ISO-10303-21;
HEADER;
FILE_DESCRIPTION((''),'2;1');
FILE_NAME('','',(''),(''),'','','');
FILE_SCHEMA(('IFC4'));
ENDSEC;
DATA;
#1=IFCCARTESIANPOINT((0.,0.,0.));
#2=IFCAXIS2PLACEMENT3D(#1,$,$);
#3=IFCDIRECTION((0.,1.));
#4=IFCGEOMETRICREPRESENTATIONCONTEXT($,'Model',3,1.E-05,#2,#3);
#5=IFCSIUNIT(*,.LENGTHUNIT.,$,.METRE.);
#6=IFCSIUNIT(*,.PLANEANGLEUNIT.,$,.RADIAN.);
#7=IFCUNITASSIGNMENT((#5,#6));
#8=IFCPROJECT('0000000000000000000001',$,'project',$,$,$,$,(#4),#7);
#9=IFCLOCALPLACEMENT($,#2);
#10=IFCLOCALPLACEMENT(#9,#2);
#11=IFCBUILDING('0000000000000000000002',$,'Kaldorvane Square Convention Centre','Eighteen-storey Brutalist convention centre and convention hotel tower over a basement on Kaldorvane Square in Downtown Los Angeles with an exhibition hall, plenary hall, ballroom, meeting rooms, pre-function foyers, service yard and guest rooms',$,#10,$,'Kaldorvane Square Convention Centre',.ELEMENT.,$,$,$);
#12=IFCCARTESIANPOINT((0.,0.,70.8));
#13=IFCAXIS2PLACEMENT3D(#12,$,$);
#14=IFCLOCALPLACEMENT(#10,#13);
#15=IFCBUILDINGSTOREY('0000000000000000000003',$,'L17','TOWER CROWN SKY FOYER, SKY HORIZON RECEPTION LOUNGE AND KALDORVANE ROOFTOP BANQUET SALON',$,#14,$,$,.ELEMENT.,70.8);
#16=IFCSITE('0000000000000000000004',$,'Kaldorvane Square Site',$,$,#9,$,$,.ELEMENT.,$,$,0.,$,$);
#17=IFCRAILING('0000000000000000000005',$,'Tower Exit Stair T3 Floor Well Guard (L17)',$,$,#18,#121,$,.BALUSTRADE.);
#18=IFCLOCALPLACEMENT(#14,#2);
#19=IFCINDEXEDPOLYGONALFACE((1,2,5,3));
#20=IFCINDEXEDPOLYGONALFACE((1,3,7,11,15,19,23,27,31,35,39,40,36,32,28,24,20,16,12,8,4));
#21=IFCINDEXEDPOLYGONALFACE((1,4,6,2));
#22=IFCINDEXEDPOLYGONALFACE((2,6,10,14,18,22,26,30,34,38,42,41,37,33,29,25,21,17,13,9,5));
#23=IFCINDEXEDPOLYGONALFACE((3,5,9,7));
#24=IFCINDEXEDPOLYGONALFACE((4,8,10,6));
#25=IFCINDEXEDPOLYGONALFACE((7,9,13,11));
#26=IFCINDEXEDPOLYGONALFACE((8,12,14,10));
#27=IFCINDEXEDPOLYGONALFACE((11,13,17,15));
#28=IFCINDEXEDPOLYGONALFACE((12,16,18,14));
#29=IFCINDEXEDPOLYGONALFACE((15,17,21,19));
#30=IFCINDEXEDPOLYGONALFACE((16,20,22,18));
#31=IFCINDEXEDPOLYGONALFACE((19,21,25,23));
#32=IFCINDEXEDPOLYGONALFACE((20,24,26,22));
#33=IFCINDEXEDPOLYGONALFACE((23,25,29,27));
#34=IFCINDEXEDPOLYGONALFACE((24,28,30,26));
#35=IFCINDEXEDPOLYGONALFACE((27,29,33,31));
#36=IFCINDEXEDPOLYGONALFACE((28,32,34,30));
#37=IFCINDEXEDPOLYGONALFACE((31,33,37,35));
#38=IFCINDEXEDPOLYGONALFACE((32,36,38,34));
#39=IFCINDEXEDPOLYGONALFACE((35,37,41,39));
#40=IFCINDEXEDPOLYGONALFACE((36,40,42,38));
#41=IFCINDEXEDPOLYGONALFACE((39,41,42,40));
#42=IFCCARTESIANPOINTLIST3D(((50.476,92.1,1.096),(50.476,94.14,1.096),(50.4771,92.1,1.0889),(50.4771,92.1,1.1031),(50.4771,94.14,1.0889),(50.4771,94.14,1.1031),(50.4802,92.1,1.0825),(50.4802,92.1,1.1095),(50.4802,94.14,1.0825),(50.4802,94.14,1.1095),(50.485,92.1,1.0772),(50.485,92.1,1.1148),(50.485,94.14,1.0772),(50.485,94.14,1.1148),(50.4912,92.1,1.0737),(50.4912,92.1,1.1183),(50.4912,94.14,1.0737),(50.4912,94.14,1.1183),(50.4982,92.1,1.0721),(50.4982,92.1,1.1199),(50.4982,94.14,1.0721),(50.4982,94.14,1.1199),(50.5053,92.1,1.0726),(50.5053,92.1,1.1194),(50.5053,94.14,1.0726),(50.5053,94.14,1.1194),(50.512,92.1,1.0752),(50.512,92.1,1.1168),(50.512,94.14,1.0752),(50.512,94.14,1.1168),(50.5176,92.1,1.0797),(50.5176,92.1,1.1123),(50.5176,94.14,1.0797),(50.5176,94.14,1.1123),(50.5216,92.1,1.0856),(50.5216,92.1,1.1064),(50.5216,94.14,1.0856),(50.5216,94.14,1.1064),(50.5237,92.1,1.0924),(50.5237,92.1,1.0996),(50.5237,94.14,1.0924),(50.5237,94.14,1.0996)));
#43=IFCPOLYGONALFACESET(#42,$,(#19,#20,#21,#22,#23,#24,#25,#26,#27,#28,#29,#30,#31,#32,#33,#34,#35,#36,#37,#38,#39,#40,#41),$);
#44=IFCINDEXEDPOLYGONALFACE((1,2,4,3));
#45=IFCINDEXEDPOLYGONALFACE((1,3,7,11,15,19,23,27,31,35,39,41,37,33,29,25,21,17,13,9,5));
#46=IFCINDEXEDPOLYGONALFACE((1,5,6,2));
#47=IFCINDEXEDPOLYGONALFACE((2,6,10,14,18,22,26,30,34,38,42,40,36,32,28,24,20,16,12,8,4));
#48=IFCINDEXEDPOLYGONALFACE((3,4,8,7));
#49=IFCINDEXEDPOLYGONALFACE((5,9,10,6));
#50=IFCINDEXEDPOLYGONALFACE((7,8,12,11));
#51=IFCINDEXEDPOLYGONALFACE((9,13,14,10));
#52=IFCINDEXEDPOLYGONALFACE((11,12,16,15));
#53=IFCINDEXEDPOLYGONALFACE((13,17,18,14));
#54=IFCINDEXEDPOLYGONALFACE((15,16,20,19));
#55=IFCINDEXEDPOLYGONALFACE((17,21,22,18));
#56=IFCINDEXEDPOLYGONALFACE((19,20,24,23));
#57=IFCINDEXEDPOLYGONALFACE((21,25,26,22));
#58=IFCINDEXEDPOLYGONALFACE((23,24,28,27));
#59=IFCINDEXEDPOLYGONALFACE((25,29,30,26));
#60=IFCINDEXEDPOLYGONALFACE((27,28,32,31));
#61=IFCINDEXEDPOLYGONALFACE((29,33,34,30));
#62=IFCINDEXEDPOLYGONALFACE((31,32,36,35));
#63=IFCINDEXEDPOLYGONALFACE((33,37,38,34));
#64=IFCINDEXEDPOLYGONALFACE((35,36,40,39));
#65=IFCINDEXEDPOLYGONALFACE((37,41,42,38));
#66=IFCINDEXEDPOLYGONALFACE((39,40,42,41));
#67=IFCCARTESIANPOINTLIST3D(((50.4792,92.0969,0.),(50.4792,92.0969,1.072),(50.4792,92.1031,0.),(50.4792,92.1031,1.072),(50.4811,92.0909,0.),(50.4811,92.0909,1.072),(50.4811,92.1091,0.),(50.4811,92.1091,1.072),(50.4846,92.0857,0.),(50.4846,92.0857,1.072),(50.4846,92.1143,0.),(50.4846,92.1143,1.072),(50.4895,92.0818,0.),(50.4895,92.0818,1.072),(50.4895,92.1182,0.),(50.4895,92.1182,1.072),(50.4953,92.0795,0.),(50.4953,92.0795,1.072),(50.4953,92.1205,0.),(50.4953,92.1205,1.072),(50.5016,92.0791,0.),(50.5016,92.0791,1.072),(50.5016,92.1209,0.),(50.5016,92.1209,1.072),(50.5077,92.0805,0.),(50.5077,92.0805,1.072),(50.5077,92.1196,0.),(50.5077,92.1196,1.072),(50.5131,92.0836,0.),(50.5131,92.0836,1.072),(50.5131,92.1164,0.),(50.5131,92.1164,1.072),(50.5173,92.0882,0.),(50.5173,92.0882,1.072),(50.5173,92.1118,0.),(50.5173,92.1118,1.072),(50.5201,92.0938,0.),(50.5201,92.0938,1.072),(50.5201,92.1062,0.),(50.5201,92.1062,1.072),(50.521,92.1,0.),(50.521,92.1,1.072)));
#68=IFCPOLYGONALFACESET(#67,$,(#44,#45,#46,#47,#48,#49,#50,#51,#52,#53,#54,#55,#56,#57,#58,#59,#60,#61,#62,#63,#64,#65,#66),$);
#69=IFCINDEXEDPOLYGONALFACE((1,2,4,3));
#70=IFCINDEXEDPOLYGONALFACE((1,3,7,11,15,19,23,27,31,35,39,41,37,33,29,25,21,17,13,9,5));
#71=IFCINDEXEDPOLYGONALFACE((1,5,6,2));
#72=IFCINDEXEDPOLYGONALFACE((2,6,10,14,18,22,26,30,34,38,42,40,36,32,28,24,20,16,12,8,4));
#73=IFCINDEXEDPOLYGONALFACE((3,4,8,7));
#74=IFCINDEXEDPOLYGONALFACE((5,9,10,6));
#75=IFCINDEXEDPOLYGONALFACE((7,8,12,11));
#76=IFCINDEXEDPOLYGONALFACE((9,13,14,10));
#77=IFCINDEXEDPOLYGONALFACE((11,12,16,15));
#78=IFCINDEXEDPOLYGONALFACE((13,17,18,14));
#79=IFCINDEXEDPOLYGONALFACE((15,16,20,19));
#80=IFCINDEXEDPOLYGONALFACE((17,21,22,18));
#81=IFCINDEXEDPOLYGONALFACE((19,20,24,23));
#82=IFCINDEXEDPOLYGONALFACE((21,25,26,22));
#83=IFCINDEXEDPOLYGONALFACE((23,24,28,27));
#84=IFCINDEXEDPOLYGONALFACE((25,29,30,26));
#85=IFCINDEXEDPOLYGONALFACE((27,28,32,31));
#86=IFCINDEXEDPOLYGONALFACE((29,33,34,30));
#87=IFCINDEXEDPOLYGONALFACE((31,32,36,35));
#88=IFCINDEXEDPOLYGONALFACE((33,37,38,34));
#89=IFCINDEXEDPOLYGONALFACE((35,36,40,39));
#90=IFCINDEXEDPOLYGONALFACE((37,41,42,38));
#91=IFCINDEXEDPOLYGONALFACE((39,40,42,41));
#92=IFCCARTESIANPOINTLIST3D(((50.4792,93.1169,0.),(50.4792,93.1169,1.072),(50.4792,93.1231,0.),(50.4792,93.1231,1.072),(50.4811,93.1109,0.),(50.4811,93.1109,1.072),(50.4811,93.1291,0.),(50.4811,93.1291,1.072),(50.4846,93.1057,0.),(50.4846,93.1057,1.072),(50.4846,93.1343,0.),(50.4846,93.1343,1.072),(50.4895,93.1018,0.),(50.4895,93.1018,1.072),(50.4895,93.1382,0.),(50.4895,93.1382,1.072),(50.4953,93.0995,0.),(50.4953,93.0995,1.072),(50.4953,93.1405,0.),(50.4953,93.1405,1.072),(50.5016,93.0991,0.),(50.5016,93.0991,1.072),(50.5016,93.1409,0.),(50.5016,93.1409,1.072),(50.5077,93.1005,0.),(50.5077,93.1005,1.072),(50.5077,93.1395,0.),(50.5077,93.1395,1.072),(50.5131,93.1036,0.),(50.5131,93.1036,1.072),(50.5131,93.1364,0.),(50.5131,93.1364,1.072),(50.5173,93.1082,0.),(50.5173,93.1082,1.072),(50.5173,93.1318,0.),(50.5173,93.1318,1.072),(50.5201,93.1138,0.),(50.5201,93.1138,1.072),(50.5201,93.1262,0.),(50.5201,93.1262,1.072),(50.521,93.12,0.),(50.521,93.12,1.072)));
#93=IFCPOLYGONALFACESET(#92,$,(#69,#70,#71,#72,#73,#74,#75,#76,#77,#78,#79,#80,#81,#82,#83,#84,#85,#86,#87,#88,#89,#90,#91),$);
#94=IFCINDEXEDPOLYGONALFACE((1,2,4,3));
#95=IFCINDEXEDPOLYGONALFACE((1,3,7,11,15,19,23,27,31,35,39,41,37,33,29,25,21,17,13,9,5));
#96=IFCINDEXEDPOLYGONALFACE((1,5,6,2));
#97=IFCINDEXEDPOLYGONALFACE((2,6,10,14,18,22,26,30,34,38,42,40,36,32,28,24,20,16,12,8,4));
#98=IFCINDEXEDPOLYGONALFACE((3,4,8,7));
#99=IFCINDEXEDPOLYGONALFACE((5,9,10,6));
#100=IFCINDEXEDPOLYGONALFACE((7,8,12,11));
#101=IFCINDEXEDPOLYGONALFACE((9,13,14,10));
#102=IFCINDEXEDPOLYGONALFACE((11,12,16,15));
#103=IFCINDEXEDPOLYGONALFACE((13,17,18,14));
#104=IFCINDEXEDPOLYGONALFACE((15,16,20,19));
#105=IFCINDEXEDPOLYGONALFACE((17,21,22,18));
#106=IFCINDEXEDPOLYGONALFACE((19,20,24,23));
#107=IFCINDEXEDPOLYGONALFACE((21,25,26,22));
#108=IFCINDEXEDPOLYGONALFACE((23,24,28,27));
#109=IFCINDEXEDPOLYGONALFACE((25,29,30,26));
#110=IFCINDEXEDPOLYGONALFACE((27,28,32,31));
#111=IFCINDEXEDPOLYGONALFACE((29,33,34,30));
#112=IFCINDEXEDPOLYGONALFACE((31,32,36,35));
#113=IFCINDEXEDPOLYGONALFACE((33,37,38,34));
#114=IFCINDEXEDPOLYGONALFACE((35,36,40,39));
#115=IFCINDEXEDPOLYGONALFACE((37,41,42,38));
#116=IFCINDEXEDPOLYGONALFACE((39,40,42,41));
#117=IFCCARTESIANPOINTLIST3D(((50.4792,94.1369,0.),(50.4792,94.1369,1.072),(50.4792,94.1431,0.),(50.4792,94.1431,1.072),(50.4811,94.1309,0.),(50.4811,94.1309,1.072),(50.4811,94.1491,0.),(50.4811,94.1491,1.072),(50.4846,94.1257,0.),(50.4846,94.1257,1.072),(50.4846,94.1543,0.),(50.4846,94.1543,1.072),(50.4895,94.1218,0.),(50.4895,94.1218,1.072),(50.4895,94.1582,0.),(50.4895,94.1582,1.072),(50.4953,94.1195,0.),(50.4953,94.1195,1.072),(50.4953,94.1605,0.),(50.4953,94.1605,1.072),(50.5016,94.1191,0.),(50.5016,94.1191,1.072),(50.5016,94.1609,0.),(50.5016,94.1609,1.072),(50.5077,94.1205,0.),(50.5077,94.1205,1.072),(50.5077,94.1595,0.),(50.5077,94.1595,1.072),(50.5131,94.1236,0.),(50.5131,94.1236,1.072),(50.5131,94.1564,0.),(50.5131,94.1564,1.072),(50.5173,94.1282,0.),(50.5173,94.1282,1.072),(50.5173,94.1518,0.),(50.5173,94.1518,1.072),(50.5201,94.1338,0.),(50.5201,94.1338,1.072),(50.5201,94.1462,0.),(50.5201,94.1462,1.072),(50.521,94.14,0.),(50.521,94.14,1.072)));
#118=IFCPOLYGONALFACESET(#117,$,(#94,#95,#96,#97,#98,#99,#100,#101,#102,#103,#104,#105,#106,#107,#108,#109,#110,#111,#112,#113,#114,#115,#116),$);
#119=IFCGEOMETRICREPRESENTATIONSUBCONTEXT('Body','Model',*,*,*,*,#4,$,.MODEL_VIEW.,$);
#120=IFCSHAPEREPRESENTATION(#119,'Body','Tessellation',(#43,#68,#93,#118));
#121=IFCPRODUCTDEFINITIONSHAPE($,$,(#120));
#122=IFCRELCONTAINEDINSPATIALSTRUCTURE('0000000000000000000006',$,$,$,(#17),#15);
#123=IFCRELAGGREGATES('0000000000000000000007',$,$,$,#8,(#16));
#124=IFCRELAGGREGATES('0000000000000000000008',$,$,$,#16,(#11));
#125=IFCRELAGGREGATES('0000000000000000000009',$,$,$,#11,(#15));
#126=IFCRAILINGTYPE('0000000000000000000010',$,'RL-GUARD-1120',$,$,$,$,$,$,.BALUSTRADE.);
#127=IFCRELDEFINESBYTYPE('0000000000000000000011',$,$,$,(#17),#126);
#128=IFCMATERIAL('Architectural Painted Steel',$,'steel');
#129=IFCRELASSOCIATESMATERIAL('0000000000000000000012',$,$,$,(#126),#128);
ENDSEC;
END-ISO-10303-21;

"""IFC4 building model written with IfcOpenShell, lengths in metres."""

from ifc_helpers import new_model, si_unit, direction, frame, origin, origin_2d, place, context, subcontext, project, spatial, circle, extrude, material, type_object, element, save


model = new_model("IFC4")

# Units and contexts
model_context = context("Model", 3, precision=1e-05, world=origin(), true_north=direction((0.0, 1.0)))
body_context = subcontext(model_context, "Body", "Model", "MODEL_VIEW")
ifc_project = project(units=[si_unit("LENGTHUNIT", "METRE"), si_unit("PLANEANGLEUNIT", "RADIAN")], contexts=[model_context])

# Site, building, storey
site_placement = place(None, origin())
site = spatial("IfcSite", under=ifc_project, at=site_placement, Name="Kaldorvane Square Site", CompositionType="ELEMENT", RefElevation=0.0)
building_placement = place(site_placement, origin())
building = spatial("IfcBuilding", under=site, at=building_placement, Name="Kaldorvane Square Convention Centre", Description="Eighteen-storey Brutalist convention centre and convention hotel tower over a basement on Kaldorvane Square in Downtown Los Angeles with an exhibition hall, plenary hall, ballroom, meeting rooms, pre-function foyers, service yard and guest rooms", LongName="Kaldorvane Square Convention Centre", CompositionType="ELEMENT")
storey_placement = place(building_placement, frame((0.0, 0.0, 70.8)))
storey = spatial("IfcBuildingStorey", under=building, at=storey_placement, Name="L17", Description="TOWER CROWN SKY FOYER, SKY HORIZON RECEPTION LOUNGE AND KALDORVANE ROOFTOP BANQUET SALON", CompositionType="ELEMENT", Elevation=70.8)

# Railing
ifc_material_1 = material(Name="Architectural Painted Steel", Category="steel")
railing_type = type_object("IfcRailingType", Name="RL-GUARD-1120", PredefinedType="BALUSTRADE", material=ifc_material_1)
railing_placement = place(storey_placement, frame((50.5, 92.1, 0.0)))
element("IfcRailing", 1, at=railing_placement, inside=storey, type_object=railing_type, Name="Tower Exit Stair T3 Floor Well Guard (L17)", PredefinedType="BALUSTRADE", context=body_context, shape_type="SweptSolid", body=[
    extrude(circle(Radius=0.024, at=origin_2d()), frame((0.0, 0.0, 1.096), z_axis=(0.0, 1.0, 0.0), x_axis=(-1.0, 0.0, 0.0)), (0.0, 0.0, 1.0), 2.04),
    extrude(circle(Radius=0.021, at=origin_2d()), origin(), (0.0, 0.0, 1.0), 1.072),
    extrude(circle(Radius=0.021, at=origin_2d()), frame((0.0, 1.02, 0.0)), (0.0, 0.0, 1.0), 1.072),
    extrude(circle(Radius=0.021, at=origin_2d()), frame((0.0, 2.04, 0.0)), (0.0, 0.0, 1.0), 1.072),
])

save(model, "model.ifc")
